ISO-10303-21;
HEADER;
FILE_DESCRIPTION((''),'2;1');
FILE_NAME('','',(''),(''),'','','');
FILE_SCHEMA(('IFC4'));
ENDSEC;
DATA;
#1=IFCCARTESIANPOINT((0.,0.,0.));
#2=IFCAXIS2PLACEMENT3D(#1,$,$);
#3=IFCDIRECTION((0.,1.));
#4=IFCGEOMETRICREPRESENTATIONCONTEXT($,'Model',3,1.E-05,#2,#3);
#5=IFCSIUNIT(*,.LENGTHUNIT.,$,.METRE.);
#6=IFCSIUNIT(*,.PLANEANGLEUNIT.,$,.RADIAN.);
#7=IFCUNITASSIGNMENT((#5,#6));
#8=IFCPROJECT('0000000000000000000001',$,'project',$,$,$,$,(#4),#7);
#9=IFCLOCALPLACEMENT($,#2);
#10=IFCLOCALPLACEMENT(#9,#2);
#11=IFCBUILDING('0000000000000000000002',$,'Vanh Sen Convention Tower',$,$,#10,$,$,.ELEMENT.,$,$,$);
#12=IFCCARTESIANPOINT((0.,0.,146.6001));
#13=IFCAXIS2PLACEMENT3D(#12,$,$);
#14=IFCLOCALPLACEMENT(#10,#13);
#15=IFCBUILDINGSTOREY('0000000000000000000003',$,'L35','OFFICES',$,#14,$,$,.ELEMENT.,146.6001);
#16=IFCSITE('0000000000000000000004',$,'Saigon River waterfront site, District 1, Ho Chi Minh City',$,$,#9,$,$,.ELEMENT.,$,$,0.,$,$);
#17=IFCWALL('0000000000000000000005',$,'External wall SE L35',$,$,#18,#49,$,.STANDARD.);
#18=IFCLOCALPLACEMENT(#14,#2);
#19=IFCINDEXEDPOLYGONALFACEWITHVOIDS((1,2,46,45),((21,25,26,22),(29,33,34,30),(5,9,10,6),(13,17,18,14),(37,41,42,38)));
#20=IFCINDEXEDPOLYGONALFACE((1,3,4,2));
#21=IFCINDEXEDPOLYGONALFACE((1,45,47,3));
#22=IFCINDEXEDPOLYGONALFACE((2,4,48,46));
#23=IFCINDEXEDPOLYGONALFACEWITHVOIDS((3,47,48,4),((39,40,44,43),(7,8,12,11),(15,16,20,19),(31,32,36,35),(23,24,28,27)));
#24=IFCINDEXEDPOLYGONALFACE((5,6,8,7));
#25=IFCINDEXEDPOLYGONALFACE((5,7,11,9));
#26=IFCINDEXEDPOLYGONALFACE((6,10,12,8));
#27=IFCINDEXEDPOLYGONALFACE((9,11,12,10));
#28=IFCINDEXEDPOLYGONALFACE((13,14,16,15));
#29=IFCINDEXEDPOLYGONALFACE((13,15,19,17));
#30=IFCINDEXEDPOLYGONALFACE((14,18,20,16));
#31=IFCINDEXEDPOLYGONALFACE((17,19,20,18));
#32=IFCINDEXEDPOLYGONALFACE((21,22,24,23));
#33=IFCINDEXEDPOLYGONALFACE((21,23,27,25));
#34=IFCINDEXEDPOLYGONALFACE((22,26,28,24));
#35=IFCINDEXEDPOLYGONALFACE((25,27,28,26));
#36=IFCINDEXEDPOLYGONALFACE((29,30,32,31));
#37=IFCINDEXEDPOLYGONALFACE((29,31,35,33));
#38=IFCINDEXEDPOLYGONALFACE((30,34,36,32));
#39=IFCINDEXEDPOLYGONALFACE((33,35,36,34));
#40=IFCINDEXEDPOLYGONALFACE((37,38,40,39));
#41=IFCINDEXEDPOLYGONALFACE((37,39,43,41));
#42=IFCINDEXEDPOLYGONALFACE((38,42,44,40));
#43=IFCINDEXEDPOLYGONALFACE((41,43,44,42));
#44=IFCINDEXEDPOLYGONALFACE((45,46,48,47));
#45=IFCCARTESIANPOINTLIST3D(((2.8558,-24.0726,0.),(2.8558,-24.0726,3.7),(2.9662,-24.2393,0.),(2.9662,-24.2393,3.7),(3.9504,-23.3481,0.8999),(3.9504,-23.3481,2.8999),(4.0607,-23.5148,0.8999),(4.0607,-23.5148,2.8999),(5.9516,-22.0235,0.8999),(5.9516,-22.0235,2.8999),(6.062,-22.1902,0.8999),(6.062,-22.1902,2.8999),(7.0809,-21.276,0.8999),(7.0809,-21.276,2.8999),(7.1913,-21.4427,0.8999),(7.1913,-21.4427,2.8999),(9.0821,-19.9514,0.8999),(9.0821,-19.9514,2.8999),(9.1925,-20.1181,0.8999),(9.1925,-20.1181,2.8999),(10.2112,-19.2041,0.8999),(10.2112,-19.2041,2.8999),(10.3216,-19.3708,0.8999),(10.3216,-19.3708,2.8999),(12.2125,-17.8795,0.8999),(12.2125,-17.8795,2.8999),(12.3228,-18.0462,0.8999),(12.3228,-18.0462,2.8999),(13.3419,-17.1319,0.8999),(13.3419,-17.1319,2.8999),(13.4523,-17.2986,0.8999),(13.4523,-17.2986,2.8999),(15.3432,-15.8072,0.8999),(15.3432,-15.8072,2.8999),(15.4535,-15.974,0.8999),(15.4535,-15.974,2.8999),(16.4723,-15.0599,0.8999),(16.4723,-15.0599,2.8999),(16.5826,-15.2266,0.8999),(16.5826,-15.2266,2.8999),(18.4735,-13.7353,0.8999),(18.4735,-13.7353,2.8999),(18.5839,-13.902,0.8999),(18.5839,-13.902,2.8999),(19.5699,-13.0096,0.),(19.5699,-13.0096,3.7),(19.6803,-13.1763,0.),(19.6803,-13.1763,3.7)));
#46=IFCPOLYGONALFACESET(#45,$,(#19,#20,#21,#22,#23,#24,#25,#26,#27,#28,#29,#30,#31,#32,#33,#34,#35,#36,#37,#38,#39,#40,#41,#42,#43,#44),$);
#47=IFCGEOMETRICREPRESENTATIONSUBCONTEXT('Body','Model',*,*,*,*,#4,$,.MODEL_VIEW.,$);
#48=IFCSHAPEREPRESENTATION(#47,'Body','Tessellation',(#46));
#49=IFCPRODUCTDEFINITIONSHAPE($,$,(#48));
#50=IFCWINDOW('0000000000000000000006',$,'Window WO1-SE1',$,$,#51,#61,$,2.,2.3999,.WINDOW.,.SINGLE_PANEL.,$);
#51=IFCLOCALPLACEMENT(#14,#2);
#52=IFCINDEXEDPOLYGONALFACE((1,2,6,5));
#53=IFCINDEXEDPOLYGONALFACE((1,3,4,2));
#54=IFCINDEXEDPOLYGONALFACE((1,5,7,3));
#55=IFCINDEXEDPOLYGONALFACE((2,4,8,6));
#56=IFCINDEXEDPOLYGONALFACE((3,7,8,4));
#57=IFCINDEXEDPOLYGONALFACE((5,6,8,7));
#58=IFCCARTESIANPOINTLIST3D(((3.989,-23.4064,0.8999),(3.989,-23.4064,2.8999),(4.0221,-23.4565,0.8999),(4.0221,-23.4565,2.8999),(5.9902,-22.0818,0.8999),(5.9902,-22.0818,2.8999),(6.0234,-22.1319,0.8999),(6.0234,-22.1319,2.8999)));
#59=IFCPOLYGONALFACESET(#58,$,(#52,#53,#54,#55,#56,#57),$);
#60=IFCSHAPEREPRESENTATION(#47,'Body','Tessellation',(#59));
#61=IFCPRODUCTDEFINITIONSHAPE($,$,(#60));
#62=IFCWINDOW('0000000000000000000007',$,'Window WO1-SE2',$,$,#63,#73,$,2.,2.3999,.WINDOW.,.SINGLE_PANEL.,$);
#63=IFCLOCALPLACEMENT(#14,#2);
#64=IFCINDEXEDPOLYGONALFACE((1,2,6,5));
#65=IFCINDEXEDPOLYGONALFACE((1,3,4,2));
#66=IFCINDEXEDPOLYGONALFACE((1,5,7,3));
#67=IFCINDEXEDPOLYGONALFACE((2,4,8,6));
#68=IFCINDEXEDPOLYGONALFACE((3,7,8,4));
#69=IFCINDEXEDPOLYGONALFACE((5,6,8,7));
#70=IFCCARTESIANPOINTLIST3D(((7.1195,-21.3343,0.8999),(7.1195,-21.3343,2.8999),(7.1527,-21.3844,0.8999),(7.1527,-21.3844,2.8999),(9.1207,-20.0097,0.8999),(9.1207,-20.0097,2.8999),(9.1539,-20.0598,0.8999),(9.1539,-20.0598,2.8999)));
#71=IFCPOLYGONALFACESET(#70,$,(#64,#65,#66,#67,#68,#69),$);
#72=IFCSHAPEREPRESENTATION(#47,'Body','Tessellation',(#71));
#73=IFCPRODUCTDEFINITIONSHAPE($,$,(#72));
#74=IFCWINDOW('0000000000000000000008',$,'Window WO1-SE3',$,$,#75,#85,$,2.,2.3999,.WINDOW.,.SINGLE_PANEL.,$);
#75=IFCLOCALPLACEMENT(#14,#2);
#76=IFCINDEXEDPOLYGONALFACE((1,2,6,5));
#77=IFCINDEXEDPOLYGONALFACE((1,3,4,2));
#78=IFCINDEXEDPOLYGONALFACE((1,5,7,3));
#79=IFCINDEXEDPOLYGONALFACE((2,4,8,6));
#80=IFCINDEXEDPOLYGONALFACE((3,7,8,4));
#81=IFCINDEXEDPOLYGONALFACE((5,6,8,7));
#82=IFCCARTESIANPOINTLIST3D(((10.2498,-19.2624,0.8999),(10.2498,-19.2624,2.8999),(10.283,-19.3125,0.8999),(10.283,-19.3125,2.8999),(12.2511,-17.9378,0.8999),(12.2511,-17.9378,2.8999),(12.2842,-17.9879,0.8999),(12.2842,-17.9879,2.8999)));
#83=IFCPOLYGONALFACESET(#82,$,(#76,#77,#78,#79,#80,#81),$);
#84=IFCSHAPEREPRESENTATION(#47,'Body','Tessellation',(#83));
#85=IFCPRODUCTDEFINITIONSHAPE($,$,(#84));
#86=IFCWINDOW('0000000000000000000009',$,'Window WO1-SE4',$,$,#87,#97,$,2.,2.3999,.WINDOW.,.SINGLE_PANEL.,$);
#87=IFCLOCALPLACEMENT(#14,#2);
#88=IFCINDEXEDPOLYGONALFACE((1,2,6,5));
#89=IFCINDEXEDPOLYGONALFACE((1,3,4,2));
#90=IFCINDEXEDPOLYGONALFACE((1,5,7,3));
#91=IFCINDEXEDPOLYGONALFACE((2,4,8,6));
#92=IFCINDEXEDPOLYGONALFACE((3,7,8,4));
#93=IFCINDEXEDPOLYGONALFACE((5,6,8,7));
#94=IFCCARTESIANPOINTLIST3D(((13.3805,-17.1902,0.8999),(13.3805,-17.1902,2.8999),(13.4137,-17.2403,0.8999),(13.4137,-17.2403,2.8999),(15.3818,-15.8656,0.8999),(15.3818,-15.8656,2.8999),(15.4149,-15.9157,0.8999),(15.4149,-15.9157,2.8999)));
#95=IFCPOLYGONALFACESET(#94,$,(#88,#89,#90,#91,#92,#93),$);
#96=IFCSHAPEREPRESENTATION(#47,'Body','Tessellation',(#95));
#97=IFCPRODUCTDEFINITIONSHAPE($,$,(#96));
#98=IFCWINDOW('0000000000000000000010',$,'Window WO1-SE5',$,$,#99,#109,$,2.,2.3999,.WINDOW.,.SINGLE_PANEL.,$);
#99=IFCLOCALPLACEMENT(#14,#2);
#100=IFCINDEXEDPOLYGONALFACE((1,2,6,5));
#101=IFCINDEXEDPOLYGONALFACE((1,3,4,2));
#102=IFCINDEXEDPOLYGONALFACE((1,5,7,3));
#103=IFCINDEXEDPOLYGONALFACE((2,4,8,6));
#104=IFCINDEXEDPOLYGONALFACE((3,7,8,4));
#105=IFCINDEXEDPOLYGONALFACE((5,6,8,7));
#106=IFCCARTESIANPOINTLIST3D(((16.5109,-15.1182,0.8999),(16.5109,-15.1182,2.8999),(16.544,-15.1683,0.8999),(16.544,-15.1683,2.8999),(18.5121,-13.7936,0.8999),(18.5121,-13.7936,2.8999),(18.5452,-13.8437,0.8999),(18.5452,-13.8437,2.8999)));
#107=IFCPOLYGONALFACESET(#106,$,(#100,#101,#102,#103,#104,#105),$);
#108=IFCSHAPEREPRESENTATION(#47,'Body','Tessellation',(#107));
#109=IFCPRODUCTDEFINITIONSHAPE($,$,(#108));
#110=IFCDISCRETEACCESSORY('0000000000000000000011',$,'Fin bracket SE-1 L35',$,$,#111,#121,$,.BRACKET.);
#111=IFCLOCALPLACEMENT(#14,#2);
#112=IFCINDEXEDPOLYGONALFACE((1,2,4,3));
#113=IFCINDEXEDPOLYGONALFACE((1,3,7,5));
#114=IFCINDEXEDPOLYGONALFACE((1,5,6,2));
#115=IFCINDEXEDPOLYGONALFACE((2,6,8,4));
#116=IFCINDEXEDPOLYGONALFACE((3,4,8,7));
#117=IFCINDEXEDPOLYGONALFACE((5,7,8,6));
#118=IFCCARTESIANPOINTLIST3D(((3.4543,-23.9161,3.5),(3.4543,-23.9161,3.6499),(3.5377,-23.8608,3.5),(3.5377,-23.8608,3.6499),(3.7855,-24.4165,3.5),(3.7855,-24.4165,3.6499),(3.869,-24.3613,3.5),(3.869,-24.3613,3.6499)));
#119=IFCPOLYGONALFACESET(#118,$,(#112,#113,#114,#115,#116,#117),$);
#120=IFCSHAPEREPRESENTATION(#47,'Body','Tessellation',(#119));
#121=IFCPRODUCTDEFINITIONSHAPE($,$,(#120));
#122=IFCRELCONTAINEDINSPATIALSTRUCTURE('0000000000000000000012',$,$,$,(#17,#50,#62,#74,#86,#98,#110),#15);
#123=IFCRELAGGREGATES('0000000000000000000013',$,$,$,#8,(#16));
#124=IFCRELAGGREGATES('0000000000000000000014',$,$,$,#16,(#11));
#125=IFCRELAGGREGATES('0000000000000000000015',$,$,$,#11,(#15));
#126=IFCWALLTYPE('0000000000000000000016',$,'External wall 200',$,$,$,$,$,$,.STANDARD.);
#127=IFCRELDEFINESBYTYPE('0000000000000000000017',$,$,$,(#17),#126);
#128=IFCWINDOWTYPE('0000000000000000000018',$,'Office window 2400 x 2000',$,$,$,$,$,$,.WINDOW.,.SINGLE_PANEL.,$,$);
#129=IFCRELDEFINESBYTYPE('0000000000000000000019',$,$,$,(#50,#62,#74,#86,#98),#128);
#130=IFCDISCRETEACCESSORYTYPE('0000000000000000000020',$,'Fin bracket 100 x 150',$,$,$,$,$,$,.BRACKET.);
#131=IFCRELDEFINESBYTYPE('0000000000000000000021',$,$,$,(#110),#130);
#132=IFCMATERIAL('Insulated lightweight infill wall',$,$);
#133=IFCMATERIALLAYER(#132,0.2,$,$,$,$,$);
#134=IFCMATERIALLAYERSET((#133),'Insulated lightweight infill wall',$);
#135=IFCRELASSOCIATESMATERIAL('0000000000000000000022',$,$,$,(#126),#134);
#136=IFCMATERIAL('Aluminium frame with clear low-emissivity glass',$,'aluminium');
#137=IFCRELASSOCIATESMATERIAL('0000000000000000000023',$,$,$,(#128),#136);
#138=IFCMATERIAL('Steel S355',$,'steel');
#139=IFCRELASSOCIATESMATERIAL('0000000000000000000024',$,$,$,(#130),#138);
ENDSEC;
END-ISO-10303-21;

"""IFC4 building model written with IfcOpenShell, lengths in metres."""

from ifc_helpers import new_model, si_unit, direction, frame, frame_2d, origin, origin_2d, place, context, subcontext, project, spatial, rectangle, extrude, material, layer, layer_set, type_object, element, fill, save


model = new_model("IFC4")

# Units and contexts
model_context = context("Model", 3, precision=1e-05, world=origin(), true_north=direction((0.0, 1.0)))
body_context = subcontext(model_context, "Body", "Model", "MODEL_VIEW")
ifc_project = project(units=[si_unit("LENGTHUNIT", "METRE"), si_unit("PLANEANGLEUNIT", "RADIAN")], contexts=[model_context])

# Site, building, storey
site_placement = place(None, origin())
site = spatial("IfcSite", under=ifc_project, at=site_placement, Name="Saigon River waterfront site, District 1, Ho Chi Minh City", CompositionType="ELEMENT", RefElevation=0.0)
building_placement = place(site_placement, origin())
building = spatial("IfcBuilding", under=site, at=building_placement, Name="Vanh Sen Convention Tower", CompositionType="ELEMENT")
storey_placement = place(building_placement, frame((0.0, 0.0, 146.6001)))
storey = spatial("IfcBuildingStorey", under=building, at=storey_placement, Name="L35", Description="OFFICES", CompositionType="ELEMENT", Elevation=146.6001)

# Wall, openings, windows
ifc_material_1 = material(Name="Insulated lightweight infill wall")
ifc_layer_1 = layer(ifc_material_1, 0.2)
ifc_layer_set_1 = layer_set([ifc_layer_1], Name="Insulated lightweight infill wall")
wall_type_1 = type_object("IfcWallType", Name="External wall 200", PredefinedType="STANDARD", material=ifc_layer_set_1)
wall_1_placement = place(storey_placement, frame((2.9109, -24.156, 0.0), z_axis=(0.0, 0.0, 1.0), x_axis=(0.833882, 0.551943, 0.0)))
wall_1 = element("IfcWall", 1, at=wall_1_placement, inside=storey, type_object=wall_type_1, Name="External wall SE L35", PredefinedType="STANDARD", context=body_context, shape_type="SweptSolid", body=[
    extrude(rectangle(XDim=20.0437, YDim=0.2, at=frame_2d((10.022, 0.0))), origin(), (0.0, 0.0, 1.0), 3.7),
])
opening_1_placement = place(wall_1_placement, frame((1.3127, 0.0, 0.8999)))
opening_1 = element("IfcOpeningElement", 2, at=opening_1_placement, cuts=wall_1, PredefinedType="OPENING", context=body_context, shape_type="SweptSolid", body=[
    extrude(rectangle(XDim=2.3999, YDim=2.0, at=frame_2d((1.2, 1.0))), frame((0.0, 0.1099, 0.0), z_axis=(0.0, -1.0, 0.0), x_axis=(1.0, 0.0, 0.0)), (0.0, 0.0, 1.0), 0.22),
])
opening_2_placement = place(wall_1_placement, frame((5.0669, 0.0, 0.8999)))
opening_2 = element("IfcOpeningElement", 3, at=opening_2_placement, cuts=wall_1, PredefinedType="OPENING", context=body_context, shape_type="SweptSolid", body=[
    extrude(rectangle(XDim=2.3999, YDim=2.0, at=frame_2d((1.2, 1.0))), frame((0.0, 0.1099, 0.0), z_axis=(0.0, -1.0, 0.0), x_axis=(1.0, 0.0, 0.0)), (0.0, 0.0, 1.0), 0.22),
])
opening_3_placement = place(wall_1_placement, frame((8.8208, 0.0, 0.8999)))
opening_3 = element("IfcOpeningElement", 4, at=opening_3_placement, cuts=wall_1, PredefinedType="OPENING", context=body_context, shape_type="SweptSolid", body=[
    extrude(rectangle(XDim=2.3999, YDim=2.0, at=frame_2d((1.2, 1.0))), frame((0.0, 0.1099, 0.0), z_axis=(0.0, -1.0, 0.0), x_axis=(1.0, 0.0, 0.0)), (0.0, 0.0, 1.0), 0.22),
])
opening_4_placement = place(wall_1_placement, frame((12.5752, 0.0, 0.8999)))
opening_4 = element("IfcOpeningElement", 5, at=opening_4_placement, cuts=wall_1, PredefinedType="OPENING", context=body_context, shape_type="SweptSolid", body=[
    extrude(rectangle(XDim=2.3999, YDim=2.0, at=frame_2d((1.2, 1.0))), frame((0.0, 0.1099, 0.0), z_axis=(0.0, -1.0, 0.0), x_axis=(1.0, 0.0, 0.0)), (0.0, 0.0, 1.0), 0.22),
])
opening_5_placement = place(wall_1_placement, frame((16.3291, 0.0, 0.8999)))
opening_5 = element("IfcOpeningElement", 6, at=opening_5_placement, cuts=wall_1, PredefinedType="OPENING", context=body_context, shape_type="SweptSolid", body=[
    extrude(rectangle(XDim=2.3999, YDim=2.0, at=frame_2d((1.2, 1.0))), frame((0.0, 0.1099, 0.0), z_axis=(0.0, -1.0, 0.0), x_axis=(1.0, 0.0, 0.0)), (0.0, 0.0, 1.0), 0.22),
])
ifc_material_2 = material(Name="Aluminium frame with clear low-emissivity glass", Category="aluminium")
window_type = type_object("IfcWindowType", Name="Office window 2400 x 2000", PartitioningType="SINGLE_PANEL", PredefinedType="WINDOW", material=ifc_material_2)
window_1_placement = place(opening_1_placement, origin())
window_1 = element("IfcWindow", 7, at=window_1_placement, inside=storey, type_object=window_type, Name="Window WO1-SE1", OverallHeight=2.0, OverallWidth=2.3999, PartitioningType="SINGLE_PANEL", PredefinedType="WINDOW", context=body_context, shape_type="SweptSolid", body=[
    extrude(rectangle(XDim=2.3999, YDim=2.0, at=frame_2d((1.2, 1.0))), frame((0.0, 0.03, 0.0), z_axis=(0.0, -1.0, 0.0), x_axis=(1.0, 0.0, 0.0)), (0.0, 0.0, 1.0), 0.0601),
])
fill(opening_1, window_1)
window_2_placement = place(opening_2_placement, origin())
window_2 = element("IfcWindow", 8, at=window_2_placement, inside=storey, type_object=window_type, Name="Window WO1-SE2", OverallHeight=2.0, OverallWidth=2.3999, PartitioningType="SINGLE_PANEL", PredefinedType="WINDOW", context=body_context, shape_type="SweptSolid", body=[
    extrude(rectangle(XDim=2.3999, YDim=2.0, at=frame_2d((1.2, 1.0))), frame((0.0, 0.03, 0.0), z_axis=(0.0, -1.0, 0.0), x_axis=(1.0, 0.0, 0.0)), (0.0, 0.0, 1.0), 0.0601),
])
fill(opening_2, window_2)
window_3_placement = place(opening_3_placement, origin())
window_3 = element("IfcWindow", 9, at=window_3_placement, inside=storey, type_object=window_type, Name="Window WO1-SE3", OverallHeight=2.0, OverallWidth=2.3999, PartitioningType="SINGLE_PANEL", PredefinedType="WINDOW", context=body_context, shape_type="SweptSolid", body=[
    extrude(rectangle(XDim=2.3999, YDim=2.0, at=frame_2d((1.2, 1.0))), frame((0.0, 0.03, 0.0), z_axis=(0.0, -1.0, 0.0), x_axis=(1.0, 0.0, 0.0)), (0.0, 0.0, 1.0), 0.0601),
])
fill(opening_3, window_3)
window_4_placement = place(opening_4_placement, origin())
window_4 = element("IfcWindow", 10, at=window_4_placement, inside=storey, type_object=window_type, Name="Window WO1-SE4", OverallHeight=2.0, OverallWidth=2.3999, PartitioningType="SINGLE_PANEL", PredefinedType="WINDOW", context=body_context, shape_type="SweptSolid", body=[
    extrude(rectangle(XDim=2.3999, YDim=2.0, at=frame_2d((1.2, 1.0))), frame((0.0, 0.03, 0.0), z_axis=(0.0, -1.0, 0.0), x_axis=(1.0, 0.0, 0.0)), (0.0, 0.0, 1.0), 0.0601),
])
fill(opening_4, window_4)
window_5_placement = place(opening_5_placement, origin())
window_5 = element("IfcWindow", 11, at=window_5_placement, inside=storey, type_object=window_type, Name="Window WO1-SE5", OverallHeight=2.0, OverallWidth=2.3999, PartitioningType="SINGLE_PANEL", PredefinedType="WINDOW", context=body_context, shape_type="SweptSolid", body=[
    extrude(rectangle(XDim=2.3999, YDim=2.0, at=frame_2d((1.2, 1.0))), frame((0.0, 0.03, 0.0), z_axis=(0.0, -1.0, 0.0), x_axis=(1.0, 0.0, 0.0)), (0.0, 0.0, 1.0), 0.0601),
])
fill(opening_5, window_5)

# Discrete accessory
ifc_material_3 = material(Name="Steel S355", Category="steel")
discrete_accessory_type = type_object("IfcDiscreteAccessoryType", Name="Fin bracket 100 x 150", PredefinedType="BRACKET", material=ifc_material_3)
discrete_accessory_placement = place(storey_placement, frame((3.6616, -24.1387, 3.5), z_axis=(0.0, 0.0, 1.0), x_axis=(0.551937, -0.833886, 0.0)))
element("IfcDiscreteAccessory", 12, at=discrete_accessory_placement, inside=storey, type_object=discrete_accessory_type, Name="Fin bracket SE-1 L35", PredefinedType="BRACKET", context=body_context, shape_type="SweptSolid", body=[
    extrude(rectangle(XDim=0.6001, YDim=0.1001, at=origin_2d()), origin(), (0.0, 0.0, 1.0), 0.1499),
])

save(model, "model.ifc")
